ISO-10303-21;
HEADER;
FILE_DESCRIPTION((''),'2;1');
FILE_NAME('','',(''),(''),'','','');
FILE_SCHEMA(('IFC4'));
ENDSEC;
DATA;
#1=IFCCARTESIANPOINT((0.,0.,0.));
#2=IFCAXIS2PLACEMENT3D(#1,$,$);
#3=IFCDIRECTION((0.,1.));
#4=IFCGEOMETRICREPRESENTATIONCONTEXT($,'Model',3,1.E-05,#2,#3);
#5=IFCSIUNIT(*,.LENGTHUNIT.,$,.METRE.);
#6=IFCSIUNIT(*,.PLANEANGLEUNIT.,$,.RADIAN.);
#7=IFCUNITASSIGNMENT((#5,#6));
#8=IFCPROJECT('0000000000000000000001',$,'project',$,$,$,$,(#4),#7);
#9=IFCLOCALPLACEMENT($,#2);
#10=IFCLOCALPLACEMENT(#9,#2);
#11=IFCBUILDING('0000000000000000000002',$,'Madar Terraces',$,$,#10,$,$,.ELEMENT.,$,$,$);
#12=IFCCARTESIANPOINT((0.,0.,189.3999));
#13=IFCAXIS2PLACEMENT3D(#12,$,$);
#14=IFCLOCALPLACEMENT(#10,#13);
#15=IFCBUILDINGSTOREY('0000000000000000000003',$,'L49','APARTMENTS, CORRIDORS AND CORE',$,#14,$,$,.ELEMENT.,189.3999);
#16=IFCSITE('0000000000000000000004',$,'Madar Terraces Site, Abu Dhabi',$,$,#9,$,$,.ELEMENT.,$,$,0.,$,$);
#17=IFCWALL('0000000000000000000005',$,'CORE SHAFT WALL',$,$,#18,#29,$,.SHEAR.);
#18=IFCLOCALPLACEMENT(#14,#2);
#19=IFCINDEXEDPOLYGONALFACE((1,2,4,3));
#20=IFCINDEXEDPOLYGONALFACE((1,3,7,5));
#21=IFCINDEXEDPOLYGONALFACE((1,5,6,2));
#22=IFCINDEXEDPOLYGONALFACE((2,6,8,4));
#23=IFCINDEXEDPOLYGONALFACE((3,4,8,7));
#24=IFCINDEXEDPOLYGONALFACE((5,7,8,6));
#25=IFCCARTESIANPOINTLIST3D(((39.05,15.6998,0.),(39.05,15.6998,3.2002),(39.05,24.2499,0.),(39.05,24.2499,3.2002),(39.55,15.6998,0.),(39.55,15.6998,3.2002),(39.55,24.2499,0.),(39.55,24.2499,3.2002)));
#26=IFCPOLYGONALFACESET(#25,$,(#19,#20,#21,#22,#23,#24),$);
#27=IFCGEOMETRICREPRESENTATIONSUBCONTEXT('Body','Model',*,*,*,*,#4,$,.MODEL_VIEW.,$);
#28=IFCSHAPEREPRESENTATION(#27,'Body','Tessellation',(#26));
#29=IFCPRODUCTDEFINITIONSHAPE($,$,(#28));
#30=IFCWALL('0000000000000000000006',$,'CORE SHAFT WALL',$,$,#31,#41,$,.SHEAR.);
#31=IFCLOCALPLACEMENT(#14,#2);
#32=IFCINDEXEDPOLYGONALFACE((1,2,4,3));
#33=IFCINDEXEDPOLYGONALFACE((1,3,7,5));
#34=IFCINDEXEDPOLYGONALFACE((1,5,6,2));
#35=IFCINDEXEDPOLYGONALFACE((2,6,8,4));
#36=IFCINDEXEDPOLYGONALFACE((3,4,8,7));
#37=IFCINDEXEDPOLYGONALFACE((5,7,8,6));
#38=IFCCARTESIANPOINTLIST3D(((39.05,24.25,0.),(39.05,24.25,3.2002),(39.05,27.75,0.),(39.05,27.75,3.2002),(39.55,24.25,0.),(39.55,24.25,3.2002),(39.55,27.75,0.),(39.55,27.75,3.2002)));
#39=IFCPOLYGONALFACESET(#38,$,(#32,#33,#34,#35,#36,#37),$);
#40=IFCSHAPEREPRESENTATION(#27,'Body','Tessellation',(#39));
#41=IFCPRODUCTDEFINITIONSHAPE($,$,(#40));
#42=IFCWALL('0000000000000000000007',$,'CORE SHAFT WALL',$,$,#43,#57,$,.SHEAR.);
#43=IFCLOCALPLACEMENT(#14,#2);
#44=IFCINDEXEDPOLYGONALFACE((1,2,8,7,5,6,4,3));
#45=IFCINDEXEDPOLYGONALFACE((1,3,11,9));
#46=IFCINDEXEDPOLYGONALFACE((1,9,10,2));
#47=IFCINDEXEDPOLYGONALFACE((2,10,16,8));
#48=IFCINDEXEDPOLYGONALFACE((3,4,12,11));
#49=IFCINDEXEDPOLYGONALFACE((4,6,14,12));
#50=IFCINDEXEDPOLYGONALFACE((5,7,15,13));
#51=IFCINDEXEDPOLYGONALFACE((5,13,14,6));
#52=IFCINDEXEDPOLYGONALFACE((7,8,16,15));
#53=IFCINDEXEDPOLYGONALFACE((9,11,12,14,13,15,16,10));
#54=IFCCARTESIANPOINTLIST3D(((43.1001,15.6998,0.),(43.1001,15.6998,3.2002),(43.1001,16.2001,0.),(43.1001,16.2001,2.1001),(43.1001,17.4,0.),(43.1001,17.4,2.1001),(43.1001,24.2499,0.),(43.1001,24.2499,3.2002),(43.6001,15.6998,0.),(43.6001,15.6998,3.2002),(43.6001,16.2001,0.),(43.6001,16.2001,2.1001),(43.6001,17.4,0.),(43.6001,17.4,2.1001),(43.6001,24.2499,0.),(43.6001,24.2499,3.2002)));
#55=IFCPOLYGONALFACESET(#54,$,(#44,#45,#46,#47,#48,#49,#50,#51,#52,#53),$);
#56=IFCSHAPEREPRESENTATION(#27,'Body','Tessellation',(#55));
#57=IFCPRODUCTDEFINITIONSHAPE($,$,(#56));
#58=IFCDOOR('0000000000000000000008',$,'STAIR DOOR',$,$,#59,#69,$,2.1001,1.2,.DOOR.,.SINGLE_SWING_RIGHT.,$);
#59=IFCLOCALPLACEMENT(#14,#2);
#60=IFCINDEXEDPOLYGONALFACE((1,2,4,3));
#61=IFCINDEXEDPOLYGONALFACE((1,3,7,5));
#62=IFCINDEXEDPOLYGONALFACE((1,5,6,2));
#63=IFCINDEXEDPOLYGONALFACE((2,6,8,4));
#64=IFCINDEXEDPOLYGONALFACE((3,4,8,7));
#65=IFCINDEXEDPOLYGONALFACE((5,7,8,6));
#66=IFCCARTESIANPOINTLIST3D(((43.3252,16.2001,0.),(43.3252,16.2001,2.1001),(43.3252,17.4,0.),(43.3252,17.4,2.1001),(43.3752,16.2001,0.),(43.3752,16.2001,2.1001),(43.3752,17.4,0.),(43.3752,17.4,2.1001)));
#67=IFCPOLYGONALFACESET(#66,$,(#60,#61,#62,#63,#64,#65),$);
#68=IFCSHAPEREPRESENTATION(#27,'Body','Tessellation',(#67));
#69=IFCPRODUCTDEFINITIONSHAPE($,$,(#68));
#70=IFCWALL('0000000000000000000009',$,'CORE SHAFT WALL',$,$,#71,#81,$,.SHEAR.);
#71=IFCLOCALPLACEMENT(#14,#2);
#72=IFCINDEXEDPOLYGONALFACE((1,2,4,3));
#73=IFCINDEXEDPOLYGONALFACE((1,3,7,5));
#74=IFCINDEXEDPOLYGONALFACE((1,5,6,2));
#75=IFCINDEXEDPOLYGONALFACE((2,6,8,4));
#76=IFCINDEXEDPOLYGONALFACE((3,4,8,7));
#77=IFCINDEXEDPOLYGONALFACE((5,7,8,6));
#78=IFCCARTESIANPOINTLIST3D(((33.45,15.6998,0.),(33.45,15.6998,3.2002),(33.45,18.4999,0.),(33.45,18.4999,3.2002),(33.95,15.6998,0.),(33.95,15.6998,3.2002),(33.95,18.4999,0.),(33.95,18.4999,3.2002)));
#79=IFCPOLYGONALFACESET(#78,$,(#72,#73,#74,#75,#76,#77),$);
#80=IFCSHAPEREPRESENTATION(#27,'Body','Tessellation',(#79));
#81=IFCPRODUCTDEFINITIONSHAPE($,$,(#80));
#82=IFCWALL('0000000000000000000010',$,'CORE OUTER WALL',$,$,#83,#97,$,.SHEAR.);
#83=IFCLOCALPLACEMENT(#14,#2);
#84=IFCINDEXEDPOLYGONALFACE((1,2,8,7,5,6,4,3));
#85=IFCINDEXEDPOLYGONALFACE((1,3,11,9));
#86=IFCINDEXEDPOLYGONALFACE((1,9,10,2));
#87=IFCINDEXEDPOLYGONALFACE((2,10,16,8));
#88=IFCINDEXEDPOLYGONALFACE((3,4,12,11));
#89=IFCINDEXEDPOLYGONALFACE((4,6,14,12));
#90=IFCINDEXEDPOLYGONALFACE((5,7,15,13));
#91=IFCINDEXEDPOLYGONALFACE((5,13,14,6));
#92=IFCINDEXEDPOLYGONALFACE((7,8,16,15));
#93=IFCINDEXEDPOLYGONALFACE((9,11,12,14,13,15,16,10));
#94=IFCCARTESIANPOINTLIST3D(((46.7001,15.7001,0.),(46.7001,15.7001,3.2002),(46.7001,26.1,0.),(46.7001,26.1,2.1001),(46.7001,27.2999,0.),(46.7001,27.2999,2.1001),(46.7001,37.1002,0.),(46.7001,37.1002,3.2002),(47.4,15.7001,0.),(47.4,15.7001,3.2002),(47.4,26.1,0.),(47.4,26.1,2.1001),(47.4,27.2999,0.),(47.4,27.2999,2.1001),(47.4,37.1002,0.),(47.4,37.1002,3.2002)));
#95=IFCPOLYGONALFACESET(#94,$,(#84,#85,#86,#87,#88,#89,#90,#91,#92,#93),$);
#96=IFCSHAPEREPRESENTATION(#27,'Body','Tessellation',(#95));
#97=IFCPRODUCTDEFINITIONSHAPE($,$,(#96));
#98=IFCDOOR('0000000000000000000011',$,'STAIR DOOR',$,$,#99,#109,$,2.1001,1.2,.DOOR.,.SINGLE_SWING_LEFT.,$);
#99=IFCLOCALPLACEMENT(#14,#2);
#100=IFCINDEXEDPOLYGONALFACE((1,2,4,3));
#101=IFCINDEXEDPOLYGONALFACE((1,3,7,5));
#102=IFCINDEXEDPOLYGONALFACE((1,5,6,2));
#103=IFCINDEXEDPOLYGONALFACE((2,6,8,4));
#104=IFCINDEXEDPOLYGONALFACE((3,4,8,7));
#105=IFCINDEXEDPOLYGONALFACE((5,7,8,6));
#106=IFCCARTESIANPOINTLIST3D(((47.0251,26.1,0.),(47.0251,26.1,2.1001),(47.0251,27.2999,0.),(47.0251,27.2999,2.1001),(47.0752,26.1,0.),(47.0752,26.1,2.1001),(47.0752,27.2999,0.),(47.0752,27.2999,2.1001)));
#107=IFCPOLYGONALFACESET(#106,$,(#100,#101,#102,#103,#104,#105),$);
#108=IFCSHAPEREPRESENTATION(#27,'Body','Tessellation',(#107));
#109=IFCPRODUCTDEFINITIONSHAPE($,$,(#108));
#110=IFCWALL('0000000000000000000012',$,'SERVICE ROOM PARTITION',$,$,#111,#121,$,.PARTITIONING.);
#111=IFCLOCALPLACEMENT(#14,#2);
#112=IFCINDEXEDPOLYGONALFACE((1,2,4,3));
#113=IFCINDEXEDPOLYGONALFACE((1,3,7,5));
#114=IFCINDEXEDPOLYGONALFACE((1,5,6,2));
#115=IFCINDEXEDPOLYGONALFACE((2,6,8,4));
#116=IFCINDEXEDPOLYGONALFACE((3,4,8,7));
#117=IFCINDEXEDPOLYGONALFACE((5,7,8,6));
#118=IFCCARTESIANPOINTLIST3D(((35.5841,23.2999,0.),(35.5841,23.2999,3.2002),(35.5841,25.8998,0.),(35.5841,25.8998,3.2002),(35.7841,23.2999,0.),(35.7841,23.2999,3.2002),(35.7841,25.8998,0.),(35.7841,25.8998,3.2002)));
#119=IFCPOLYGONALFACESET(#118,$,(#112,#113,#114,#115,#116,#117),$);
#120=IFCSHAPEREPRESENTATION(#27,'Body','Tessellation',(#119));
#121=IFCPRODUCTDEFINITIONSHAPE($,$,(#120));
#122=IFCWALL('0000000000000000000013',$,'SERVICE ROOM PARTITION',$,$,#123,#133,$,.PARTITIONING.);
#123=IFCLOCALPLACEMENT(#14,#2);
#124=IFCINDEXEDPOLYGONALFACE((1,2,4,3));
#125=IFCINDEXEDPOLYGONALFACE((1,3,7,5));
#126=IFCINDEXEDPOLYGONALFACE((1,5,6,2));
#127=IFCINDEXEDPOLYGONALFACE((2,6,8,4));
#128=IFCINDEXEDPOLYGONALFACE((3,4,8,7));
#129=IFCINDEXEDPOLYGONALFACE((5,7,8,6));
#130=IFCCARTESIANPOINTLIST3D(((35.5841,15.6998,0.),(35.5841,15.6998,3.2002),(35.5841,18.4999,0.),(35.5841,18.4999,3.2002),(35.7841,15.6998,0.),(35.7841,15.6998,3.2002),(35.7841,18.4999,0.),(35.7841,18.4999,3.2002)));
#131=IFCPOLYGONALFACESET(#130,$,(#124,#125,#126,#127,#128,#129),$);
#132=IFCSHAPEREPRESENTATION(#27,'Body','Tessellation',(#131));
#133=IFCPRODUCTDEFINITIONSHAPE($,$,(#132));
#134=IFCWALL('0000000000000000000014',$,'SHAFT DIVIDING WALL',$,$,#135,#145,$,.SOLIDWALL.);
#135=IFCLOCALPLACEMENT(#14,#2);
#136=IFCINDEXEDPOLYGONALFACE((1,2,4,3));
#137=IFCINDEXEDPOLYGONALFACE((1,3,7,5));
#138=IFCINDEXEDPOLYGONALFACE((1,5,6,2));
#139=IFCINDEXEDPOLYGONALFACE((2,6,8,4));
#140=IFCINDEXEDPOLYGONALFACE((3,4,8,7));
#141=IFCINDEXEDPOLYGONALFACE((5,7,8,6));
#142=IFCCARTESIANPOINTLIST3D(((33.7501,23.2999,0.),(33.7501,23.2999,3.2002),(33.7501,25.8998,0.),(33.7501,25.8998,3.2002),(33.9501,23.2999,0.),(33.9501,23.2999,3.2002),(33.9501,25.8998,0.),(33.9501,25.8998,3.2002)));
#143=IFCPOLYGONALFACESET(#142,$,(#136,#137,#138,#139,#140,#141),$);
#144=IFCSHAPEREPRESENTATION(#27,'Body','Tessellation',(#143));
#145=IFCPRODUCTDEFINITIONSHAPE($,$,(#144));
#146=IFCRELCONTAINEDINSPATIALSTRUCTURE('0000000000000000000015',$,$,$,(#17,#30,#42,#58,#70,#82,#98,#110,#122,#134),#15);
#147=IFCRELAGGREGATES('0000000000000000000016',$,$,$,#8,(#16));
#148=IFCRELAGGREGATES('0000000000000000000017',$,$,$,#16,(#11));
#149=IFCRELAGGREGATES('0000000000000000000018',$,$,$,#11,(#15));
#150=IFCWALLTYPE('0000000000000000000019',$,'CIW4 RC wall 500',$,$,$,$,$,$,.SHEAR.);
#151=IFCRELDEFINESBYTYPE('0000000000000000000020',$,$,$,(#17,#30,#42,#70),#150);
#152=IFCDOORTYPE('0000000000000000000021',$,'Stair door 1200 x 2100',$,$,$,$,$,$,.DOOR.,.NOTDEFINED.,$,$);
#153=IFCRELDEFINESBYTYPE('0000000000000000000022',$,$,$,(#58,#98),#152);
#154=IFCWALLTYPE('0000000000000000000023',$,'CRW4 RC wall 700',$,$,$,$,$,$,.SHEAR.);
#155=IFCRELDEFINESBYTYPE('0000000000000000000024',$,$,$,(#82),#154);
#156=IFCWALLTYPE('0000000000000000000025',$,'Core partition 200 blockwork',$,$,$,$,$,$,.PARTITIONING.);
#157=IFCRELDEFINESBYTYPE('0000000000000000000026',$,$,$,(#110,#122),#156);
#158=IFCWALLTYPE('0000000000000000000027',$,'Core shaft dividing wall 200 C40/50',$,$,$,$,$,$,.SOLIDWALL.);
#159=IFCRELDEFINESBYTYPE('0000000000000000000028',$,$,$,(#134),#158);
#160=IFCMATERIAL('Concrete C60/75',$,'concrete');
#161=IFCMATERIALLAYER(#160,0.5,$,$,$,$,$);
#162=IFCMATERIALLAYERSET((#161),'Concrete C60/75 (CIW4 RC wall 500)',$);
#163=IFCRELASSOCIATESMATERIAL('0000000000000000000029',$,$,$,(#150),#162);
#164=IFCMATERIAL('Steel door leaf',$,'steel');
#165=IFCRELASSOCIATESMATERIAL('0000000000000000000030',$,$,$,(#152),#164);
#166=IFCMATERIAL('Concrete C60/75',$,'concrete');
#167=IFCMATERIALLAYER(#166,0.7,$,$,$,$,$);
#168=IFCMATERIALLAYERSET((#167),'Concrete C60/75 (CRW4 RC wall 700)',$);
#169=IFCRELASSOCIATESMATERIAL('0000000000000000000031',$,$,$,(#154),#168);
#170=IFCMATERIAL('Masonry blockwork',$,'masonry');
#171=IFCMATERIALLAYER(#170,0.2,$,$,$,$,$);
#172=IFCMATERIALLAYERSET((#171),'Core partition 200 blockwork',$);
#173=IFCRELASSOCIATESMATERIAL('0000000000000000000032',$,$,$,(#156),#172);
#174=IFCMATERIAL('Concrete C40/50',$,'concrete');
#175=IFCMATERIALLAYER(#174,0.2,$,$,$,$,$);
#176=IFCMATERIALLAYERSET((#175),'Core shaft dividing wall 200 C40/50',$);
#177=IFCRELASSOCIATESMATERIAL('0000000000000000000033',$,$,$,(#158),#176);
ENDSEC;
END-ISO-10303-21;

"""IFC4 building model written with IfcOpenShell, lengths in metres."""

from ifc_helpers import new_model, si_unit, direction, frame, frame_2d, origin, place, context, subcontext, project, spatial, rectangle, extrude, material, layer, layer_set, type_object, element, fill, save


model = new_model("IFC4")

# Units and contexts
model_context = context("Model", 3, precision=1e-05, world=origin(), true_north=direction((0.0, 1.0)))
body_context = subcontext(model_context, "Body", "Model", "MODEL_VIEW")
ifc_project = project(units=[si_unit("LENGTHUNIT", "METRE"), si_unit("PLANEANGLEUNIT", "RADIAN")], contexts=[model_context])

# Site, building, storey
site_placement = place(None, origin())
site = spatial("IfcSite", under=ifc_project, at=site_placement, Name="Madar Terraces Site, Abu Dhabi", CompositionType="ELEMENT", RefElevation=0.0)
building_placement = place(site_placement, origin())
building = spatial("IfcBuilding", under=site, at=building_placement, Name="Madar Terraces", CompositionType="ELEMENT")
storey_placement = place(building_placement, frame((0.0, 0.0, 189.3999)))
storey = spatial("IfcBuildingStorey", under=building, at=storey_placement, Name="L49", Description="APARTMENTS, CORRIDORS AND CORE", CompositionType="ELEMENT", Elevation=189.3999)

# Walls
ifc_material_1 = material(Name="Concrete C60/75", Category="concrete")
ifc_layer_1 = layer(ifc_material_1, 0.5)
ifc_layer_set_1 = layer_set([ifc_layer_1], Name="Concrete C60/75 (CIW4 RC wall 500)")
wall_type_1 = type_object("IfcWallType", Name="CIW4 RC wall 500", PredefinedType="SHEAR", material=ifc_layer_set_1)
wall_1_placement = place(storey_placement, frame((39.3, 15.7, 0.0), z_axis=(0.0, 0.0, 1.0), x_axis=(0.0, 1.0, 0.0)))
element("IfcWall", 1, at=wall_1_placement, inside=storey, type_object=wall_type_1, Name="CORE SHAFT WALL", PredefinedType="SHEAR", context=body_context, shape_type="SweptSolid", body=[
    extrude(rectangle(XDim=8.55, YDim=0.5, at=frame_2d((4.2749, 0.0))), origin(), (0.0, 0.0, 1.0), 3.2002),
])
wall_2_placement = place(storey_placement, frame((39.3, 24.25, 0.0), z_axis=(0.0, 0.0, 1.0), x_axis=(0.0, 1.0, 0.0)))
element("IfcWall", 2, at=wall_2_placement, inside=storey, type_object=wall_type_1, Name="CORE SHAFT WALL", PredefinedType="SHEAR", context=body_context, shape_type="SweptSolid", body=[
    extrude(rectangle(XDim=3.5, YDim=0.5, at=frame_2d((1.75, 0.0))), origin(), (0.0, 0.0, 1.0), 3.2002),
])

# Wall, opening, door
wall_3_placement = place(storey_placement, frame((43.3501, 15.7, 0.0), z_axis=(0.0, 0.0, 1.0), x_axis=(0.0, 1.0, 0.0)))
wall_3 = element("IfcWall", 3, at=wall_3_placement, inside=storey, type_object=wall_type_1, Name="CORE SHAFT WALL", PredefinedType="SHEAR", context=body_context, shape_type="SweptSolid", body=[
    extrude(rectangle(XDim=8.55, YDim=0.5, at=frame_2d((4.2749, 0.0))), origin(), (0.0, 0.0, 1.0), 3.2002),
])
opening_1_placement = place(wall_3_placement, frame((0.5, 0.0, 0.0)))
opening_1 = element("IfcOpeningElement", 4, at=opening_1_placement, cuts=wall_3, PredefinedType="OPENING", context=body_context, shape_type="SweptSolid", body=[
    extrude(rectangle(XDim=1.2, YDim=2.1001, at=frame_2d((0.6001, 1.05))), frame((0.0, 0.26, 0.0), z_axis=(0.0, -1.0, 0.0), x_axis=(1.0, 0.0, 0.0)), (0.0, 0.0, 1.0), 0.52),
])
ifc_material_2 = material(Name="Steel door leaf", Category="steel")
door_type_1 = type_object("IfcDoorType", Name="Stair door 1200 x 2100", OperationType="NOTDEFINED", PredefinedType="DOOR", material=ifc_material_2)
door_1_placement = place(opening_1_placement, origin())
door_1 = element("IfcDoor", 5, at=door_1_placement, inside=storey, type_object=door_type_1, Name="STAIR DOOR", OperationType="SINGLE_SWING_RIGHT", OverallHeight=2.1001, OverallWidth=1.2, PredefinedType="DOOR", context=body_context, shape_type="SweptSolid", body=[
    extrude(rectangle(XDim=1.2, YDim=2.1001, at=frame_2d((0.6001, 1.05))), frame((0.0, 0.0249, 0.0), z_axis=(0.0, -1.0, 0.0), x_axis=(1.0, 0.0, 0.0)), (0.0, 0.0, 1.0), 0.05),
])
fill(opening_1, door_1)

# Wall
wall_4_placement = place(storey_placement, frame((33.7, 15.7, 0.0), z_axis=(0.0, 0.0, 1.0), x_axis=(0.0, 1.0, 0.0)))
element("IfcWall", 6, at=wall_4_placement, inside=storey, type_object=wall_type_1, Name="CORE SHAFT WALL", PredefinedType="SHEAR", context=body_context, shape_type="SweptSolid", body=[
    extrude(rectangle(XDim=2.8, YDim=0.5, at=frame_2d((1.3999, 0.0))), origin(), (0.0, 0.0, 1.0), 3.2002),
])

# Wall, opening, door
ifc_material_3 = material(Name="Concrete C60/75", Category="concrete")
ifc_layer_2 = layer(ifc_material_3, 0.7)
ifc_layer_set_2 = layer_set([ifc_layer_2], Name="Concrete C60/75 (CRW4 RC wall 700)")
wall_type_2 = type_object("IfcWallType", Name="CRW4 RC wall 700", PredefinedType="SHEAR", material=ifc_layer_set_2)
wall_5_placement = place(storey_placement, frame((47.05, 15.7, 0.0), z_axis=(0.0, 0.0, 1.0), x_axis=(0.0, 1.0, 0.0)))
wall_5 = element("IfcWall", 7, at=wall_5_placement, inside=storey, type_object=wall_type_2, Name="CORE OUTER WALL", PredefinedType="SHEAR", context=body_context, shape_type="SweptSolid", body=[
    extrude(rectangle(XDim=21.4001, YDim=0.7, at=frame_2d((10.7002, 0.0))), origin(), (0.0, 0.0, 1.0), 3.2002),
])
opening_2_placement = place(wall_5_placement, frame((10.3999, 0.0, 0.0)))
opening_2 = element("IfcOpeningElement", 8, at=opening_2_placement, cuts=wall_5, PredefinedType="OPENING", context=body_context, shape_type="SweptSolid", body=[
    extrude(rectangle(XDim=1.2, YDim=2.1001, at=frame_2d((0.6001, 1.05))), frame((0.0, 0.3599, 0.0), z_axis=(0.0, -1.0, 0.0), x_axis=(1.0, 0.0, 0.0)), (0.0, 0.0, 1.0), 0.72),
])
door_2_placement = place(opening_2_placement, origin())
door_2 = element("IfcDoor", 9, at=door_2_placement, inside=storey, type_object=door_type_1, Name="STAIR DOOR", OperationType="SINGLE_SWING_LEFT", OverallHeight=2.1001, OverallWidth=1.2, PredefinedType="DOOR", context=body_context, shape_type="SweptSolid", body=[
    extrude(rectangle(XDim=1.2, YDim=2.1001, at=frame_2d((0.6001, 1.05))), frame((0.0, 0.0249, 0.0), z_axis=(0.0, -1.0, 0.0), x_axis=(1.0, 0.0, 0.0)), (0.0, 0.0, 1.0), 0.05),
])
fill(opening_2, door_2)

# Walls
ifc_material_4 = material(Name="Masonry blockwork", Category="masonry")
ifc_layer_3 = layer(ifc_material_4, 0.2)
ifc_layer_set_3 = layer_set([ifc_layer_3], Name="Core partition 200 blockwork")
wall_type_3 = type_object("IfcWallType", Name="Core partition 200 blockwork", PredefinedType="PARTITIONING", material=ifc_layer_set_3)
wall_6_placement = place(storey_placement, frame((35.6841, 23.3, 0.0), z_axis=(0.0, 0.0, 1.0), x_axis=(0.0, 1.0, 0.0)))
element("IfcWall", 10, at=wall_6_placement, inside=storey, type_object=wall_type_3, Name="SERVICE ROOM PARTITION", PredefinedType="PARTITIONING", context=body_context, shape_type="SweptSolid", body=[
    extrude(rectangle(XDim=2.5999, YDim=0.2, at=frame_2d((1.2998, 0.0))), origin(), (0.0, 0.0, 1.0), 3.2002),
])
wall_7_placement = place(storey_placement, frame((35.6841, 15.7, 0.0), z_axis=(0.0, 0.0, 1.0), x_axis=(0.0, 1.0, 0.0)))
element("IfcWall", 11, at=wall_7_placement, inside=storey, type_object=wall_type_3, Name="SERVICE ROOM PARTITION", PredefinedType="PARTITIONING", context=body_context, shape_type="SweptSolid", body=[
    extrude(rectangle(XDim=2.8, YDim=0.2, at=frame_2d((1.3999, 0.0))), origin(), (0.0, 0.0, 1.0), 3.2002),
])
ifc_material_5 = material(Name="Concrete C40/50", Category="concrete")
ifc_layer_4 = layer(ifc_material_5, 0.2)
ifc_layer_set_4 = layer_set([ifc_layer_4], Name="Core shaft dividing wall 200 C40/50")
wall_type_4 = type_object("IfcWallType", Name="Core shaft dividing wall 200 C40/50", PredefinedType="SOLIDWALL", material=ifc_layer_set_4)
wall_8_placement = place(storey_placement, frame((33.8501, 23.3, 0.0), z_axis=(0.0, 0.0, 1.0), x_axis=(0.0, 1.0, 0.0)))
element("IfcWall", 12, at=wall_8_placement, inside=storey, type_object=wall_type_4, Name="SHAFT DIVIDING WALL", PredefinedType="SOLIDWALL", context=body_context, shape_type="SweptSolid", body=[
    extrude(rectangle(XDim=2.5999, YDim=0.2, at=frame_2d((1.2998, 0.0))), origin(), (0.0, 0.0, 1.0), 3.2002),
])

save(model, "model.ifc")
